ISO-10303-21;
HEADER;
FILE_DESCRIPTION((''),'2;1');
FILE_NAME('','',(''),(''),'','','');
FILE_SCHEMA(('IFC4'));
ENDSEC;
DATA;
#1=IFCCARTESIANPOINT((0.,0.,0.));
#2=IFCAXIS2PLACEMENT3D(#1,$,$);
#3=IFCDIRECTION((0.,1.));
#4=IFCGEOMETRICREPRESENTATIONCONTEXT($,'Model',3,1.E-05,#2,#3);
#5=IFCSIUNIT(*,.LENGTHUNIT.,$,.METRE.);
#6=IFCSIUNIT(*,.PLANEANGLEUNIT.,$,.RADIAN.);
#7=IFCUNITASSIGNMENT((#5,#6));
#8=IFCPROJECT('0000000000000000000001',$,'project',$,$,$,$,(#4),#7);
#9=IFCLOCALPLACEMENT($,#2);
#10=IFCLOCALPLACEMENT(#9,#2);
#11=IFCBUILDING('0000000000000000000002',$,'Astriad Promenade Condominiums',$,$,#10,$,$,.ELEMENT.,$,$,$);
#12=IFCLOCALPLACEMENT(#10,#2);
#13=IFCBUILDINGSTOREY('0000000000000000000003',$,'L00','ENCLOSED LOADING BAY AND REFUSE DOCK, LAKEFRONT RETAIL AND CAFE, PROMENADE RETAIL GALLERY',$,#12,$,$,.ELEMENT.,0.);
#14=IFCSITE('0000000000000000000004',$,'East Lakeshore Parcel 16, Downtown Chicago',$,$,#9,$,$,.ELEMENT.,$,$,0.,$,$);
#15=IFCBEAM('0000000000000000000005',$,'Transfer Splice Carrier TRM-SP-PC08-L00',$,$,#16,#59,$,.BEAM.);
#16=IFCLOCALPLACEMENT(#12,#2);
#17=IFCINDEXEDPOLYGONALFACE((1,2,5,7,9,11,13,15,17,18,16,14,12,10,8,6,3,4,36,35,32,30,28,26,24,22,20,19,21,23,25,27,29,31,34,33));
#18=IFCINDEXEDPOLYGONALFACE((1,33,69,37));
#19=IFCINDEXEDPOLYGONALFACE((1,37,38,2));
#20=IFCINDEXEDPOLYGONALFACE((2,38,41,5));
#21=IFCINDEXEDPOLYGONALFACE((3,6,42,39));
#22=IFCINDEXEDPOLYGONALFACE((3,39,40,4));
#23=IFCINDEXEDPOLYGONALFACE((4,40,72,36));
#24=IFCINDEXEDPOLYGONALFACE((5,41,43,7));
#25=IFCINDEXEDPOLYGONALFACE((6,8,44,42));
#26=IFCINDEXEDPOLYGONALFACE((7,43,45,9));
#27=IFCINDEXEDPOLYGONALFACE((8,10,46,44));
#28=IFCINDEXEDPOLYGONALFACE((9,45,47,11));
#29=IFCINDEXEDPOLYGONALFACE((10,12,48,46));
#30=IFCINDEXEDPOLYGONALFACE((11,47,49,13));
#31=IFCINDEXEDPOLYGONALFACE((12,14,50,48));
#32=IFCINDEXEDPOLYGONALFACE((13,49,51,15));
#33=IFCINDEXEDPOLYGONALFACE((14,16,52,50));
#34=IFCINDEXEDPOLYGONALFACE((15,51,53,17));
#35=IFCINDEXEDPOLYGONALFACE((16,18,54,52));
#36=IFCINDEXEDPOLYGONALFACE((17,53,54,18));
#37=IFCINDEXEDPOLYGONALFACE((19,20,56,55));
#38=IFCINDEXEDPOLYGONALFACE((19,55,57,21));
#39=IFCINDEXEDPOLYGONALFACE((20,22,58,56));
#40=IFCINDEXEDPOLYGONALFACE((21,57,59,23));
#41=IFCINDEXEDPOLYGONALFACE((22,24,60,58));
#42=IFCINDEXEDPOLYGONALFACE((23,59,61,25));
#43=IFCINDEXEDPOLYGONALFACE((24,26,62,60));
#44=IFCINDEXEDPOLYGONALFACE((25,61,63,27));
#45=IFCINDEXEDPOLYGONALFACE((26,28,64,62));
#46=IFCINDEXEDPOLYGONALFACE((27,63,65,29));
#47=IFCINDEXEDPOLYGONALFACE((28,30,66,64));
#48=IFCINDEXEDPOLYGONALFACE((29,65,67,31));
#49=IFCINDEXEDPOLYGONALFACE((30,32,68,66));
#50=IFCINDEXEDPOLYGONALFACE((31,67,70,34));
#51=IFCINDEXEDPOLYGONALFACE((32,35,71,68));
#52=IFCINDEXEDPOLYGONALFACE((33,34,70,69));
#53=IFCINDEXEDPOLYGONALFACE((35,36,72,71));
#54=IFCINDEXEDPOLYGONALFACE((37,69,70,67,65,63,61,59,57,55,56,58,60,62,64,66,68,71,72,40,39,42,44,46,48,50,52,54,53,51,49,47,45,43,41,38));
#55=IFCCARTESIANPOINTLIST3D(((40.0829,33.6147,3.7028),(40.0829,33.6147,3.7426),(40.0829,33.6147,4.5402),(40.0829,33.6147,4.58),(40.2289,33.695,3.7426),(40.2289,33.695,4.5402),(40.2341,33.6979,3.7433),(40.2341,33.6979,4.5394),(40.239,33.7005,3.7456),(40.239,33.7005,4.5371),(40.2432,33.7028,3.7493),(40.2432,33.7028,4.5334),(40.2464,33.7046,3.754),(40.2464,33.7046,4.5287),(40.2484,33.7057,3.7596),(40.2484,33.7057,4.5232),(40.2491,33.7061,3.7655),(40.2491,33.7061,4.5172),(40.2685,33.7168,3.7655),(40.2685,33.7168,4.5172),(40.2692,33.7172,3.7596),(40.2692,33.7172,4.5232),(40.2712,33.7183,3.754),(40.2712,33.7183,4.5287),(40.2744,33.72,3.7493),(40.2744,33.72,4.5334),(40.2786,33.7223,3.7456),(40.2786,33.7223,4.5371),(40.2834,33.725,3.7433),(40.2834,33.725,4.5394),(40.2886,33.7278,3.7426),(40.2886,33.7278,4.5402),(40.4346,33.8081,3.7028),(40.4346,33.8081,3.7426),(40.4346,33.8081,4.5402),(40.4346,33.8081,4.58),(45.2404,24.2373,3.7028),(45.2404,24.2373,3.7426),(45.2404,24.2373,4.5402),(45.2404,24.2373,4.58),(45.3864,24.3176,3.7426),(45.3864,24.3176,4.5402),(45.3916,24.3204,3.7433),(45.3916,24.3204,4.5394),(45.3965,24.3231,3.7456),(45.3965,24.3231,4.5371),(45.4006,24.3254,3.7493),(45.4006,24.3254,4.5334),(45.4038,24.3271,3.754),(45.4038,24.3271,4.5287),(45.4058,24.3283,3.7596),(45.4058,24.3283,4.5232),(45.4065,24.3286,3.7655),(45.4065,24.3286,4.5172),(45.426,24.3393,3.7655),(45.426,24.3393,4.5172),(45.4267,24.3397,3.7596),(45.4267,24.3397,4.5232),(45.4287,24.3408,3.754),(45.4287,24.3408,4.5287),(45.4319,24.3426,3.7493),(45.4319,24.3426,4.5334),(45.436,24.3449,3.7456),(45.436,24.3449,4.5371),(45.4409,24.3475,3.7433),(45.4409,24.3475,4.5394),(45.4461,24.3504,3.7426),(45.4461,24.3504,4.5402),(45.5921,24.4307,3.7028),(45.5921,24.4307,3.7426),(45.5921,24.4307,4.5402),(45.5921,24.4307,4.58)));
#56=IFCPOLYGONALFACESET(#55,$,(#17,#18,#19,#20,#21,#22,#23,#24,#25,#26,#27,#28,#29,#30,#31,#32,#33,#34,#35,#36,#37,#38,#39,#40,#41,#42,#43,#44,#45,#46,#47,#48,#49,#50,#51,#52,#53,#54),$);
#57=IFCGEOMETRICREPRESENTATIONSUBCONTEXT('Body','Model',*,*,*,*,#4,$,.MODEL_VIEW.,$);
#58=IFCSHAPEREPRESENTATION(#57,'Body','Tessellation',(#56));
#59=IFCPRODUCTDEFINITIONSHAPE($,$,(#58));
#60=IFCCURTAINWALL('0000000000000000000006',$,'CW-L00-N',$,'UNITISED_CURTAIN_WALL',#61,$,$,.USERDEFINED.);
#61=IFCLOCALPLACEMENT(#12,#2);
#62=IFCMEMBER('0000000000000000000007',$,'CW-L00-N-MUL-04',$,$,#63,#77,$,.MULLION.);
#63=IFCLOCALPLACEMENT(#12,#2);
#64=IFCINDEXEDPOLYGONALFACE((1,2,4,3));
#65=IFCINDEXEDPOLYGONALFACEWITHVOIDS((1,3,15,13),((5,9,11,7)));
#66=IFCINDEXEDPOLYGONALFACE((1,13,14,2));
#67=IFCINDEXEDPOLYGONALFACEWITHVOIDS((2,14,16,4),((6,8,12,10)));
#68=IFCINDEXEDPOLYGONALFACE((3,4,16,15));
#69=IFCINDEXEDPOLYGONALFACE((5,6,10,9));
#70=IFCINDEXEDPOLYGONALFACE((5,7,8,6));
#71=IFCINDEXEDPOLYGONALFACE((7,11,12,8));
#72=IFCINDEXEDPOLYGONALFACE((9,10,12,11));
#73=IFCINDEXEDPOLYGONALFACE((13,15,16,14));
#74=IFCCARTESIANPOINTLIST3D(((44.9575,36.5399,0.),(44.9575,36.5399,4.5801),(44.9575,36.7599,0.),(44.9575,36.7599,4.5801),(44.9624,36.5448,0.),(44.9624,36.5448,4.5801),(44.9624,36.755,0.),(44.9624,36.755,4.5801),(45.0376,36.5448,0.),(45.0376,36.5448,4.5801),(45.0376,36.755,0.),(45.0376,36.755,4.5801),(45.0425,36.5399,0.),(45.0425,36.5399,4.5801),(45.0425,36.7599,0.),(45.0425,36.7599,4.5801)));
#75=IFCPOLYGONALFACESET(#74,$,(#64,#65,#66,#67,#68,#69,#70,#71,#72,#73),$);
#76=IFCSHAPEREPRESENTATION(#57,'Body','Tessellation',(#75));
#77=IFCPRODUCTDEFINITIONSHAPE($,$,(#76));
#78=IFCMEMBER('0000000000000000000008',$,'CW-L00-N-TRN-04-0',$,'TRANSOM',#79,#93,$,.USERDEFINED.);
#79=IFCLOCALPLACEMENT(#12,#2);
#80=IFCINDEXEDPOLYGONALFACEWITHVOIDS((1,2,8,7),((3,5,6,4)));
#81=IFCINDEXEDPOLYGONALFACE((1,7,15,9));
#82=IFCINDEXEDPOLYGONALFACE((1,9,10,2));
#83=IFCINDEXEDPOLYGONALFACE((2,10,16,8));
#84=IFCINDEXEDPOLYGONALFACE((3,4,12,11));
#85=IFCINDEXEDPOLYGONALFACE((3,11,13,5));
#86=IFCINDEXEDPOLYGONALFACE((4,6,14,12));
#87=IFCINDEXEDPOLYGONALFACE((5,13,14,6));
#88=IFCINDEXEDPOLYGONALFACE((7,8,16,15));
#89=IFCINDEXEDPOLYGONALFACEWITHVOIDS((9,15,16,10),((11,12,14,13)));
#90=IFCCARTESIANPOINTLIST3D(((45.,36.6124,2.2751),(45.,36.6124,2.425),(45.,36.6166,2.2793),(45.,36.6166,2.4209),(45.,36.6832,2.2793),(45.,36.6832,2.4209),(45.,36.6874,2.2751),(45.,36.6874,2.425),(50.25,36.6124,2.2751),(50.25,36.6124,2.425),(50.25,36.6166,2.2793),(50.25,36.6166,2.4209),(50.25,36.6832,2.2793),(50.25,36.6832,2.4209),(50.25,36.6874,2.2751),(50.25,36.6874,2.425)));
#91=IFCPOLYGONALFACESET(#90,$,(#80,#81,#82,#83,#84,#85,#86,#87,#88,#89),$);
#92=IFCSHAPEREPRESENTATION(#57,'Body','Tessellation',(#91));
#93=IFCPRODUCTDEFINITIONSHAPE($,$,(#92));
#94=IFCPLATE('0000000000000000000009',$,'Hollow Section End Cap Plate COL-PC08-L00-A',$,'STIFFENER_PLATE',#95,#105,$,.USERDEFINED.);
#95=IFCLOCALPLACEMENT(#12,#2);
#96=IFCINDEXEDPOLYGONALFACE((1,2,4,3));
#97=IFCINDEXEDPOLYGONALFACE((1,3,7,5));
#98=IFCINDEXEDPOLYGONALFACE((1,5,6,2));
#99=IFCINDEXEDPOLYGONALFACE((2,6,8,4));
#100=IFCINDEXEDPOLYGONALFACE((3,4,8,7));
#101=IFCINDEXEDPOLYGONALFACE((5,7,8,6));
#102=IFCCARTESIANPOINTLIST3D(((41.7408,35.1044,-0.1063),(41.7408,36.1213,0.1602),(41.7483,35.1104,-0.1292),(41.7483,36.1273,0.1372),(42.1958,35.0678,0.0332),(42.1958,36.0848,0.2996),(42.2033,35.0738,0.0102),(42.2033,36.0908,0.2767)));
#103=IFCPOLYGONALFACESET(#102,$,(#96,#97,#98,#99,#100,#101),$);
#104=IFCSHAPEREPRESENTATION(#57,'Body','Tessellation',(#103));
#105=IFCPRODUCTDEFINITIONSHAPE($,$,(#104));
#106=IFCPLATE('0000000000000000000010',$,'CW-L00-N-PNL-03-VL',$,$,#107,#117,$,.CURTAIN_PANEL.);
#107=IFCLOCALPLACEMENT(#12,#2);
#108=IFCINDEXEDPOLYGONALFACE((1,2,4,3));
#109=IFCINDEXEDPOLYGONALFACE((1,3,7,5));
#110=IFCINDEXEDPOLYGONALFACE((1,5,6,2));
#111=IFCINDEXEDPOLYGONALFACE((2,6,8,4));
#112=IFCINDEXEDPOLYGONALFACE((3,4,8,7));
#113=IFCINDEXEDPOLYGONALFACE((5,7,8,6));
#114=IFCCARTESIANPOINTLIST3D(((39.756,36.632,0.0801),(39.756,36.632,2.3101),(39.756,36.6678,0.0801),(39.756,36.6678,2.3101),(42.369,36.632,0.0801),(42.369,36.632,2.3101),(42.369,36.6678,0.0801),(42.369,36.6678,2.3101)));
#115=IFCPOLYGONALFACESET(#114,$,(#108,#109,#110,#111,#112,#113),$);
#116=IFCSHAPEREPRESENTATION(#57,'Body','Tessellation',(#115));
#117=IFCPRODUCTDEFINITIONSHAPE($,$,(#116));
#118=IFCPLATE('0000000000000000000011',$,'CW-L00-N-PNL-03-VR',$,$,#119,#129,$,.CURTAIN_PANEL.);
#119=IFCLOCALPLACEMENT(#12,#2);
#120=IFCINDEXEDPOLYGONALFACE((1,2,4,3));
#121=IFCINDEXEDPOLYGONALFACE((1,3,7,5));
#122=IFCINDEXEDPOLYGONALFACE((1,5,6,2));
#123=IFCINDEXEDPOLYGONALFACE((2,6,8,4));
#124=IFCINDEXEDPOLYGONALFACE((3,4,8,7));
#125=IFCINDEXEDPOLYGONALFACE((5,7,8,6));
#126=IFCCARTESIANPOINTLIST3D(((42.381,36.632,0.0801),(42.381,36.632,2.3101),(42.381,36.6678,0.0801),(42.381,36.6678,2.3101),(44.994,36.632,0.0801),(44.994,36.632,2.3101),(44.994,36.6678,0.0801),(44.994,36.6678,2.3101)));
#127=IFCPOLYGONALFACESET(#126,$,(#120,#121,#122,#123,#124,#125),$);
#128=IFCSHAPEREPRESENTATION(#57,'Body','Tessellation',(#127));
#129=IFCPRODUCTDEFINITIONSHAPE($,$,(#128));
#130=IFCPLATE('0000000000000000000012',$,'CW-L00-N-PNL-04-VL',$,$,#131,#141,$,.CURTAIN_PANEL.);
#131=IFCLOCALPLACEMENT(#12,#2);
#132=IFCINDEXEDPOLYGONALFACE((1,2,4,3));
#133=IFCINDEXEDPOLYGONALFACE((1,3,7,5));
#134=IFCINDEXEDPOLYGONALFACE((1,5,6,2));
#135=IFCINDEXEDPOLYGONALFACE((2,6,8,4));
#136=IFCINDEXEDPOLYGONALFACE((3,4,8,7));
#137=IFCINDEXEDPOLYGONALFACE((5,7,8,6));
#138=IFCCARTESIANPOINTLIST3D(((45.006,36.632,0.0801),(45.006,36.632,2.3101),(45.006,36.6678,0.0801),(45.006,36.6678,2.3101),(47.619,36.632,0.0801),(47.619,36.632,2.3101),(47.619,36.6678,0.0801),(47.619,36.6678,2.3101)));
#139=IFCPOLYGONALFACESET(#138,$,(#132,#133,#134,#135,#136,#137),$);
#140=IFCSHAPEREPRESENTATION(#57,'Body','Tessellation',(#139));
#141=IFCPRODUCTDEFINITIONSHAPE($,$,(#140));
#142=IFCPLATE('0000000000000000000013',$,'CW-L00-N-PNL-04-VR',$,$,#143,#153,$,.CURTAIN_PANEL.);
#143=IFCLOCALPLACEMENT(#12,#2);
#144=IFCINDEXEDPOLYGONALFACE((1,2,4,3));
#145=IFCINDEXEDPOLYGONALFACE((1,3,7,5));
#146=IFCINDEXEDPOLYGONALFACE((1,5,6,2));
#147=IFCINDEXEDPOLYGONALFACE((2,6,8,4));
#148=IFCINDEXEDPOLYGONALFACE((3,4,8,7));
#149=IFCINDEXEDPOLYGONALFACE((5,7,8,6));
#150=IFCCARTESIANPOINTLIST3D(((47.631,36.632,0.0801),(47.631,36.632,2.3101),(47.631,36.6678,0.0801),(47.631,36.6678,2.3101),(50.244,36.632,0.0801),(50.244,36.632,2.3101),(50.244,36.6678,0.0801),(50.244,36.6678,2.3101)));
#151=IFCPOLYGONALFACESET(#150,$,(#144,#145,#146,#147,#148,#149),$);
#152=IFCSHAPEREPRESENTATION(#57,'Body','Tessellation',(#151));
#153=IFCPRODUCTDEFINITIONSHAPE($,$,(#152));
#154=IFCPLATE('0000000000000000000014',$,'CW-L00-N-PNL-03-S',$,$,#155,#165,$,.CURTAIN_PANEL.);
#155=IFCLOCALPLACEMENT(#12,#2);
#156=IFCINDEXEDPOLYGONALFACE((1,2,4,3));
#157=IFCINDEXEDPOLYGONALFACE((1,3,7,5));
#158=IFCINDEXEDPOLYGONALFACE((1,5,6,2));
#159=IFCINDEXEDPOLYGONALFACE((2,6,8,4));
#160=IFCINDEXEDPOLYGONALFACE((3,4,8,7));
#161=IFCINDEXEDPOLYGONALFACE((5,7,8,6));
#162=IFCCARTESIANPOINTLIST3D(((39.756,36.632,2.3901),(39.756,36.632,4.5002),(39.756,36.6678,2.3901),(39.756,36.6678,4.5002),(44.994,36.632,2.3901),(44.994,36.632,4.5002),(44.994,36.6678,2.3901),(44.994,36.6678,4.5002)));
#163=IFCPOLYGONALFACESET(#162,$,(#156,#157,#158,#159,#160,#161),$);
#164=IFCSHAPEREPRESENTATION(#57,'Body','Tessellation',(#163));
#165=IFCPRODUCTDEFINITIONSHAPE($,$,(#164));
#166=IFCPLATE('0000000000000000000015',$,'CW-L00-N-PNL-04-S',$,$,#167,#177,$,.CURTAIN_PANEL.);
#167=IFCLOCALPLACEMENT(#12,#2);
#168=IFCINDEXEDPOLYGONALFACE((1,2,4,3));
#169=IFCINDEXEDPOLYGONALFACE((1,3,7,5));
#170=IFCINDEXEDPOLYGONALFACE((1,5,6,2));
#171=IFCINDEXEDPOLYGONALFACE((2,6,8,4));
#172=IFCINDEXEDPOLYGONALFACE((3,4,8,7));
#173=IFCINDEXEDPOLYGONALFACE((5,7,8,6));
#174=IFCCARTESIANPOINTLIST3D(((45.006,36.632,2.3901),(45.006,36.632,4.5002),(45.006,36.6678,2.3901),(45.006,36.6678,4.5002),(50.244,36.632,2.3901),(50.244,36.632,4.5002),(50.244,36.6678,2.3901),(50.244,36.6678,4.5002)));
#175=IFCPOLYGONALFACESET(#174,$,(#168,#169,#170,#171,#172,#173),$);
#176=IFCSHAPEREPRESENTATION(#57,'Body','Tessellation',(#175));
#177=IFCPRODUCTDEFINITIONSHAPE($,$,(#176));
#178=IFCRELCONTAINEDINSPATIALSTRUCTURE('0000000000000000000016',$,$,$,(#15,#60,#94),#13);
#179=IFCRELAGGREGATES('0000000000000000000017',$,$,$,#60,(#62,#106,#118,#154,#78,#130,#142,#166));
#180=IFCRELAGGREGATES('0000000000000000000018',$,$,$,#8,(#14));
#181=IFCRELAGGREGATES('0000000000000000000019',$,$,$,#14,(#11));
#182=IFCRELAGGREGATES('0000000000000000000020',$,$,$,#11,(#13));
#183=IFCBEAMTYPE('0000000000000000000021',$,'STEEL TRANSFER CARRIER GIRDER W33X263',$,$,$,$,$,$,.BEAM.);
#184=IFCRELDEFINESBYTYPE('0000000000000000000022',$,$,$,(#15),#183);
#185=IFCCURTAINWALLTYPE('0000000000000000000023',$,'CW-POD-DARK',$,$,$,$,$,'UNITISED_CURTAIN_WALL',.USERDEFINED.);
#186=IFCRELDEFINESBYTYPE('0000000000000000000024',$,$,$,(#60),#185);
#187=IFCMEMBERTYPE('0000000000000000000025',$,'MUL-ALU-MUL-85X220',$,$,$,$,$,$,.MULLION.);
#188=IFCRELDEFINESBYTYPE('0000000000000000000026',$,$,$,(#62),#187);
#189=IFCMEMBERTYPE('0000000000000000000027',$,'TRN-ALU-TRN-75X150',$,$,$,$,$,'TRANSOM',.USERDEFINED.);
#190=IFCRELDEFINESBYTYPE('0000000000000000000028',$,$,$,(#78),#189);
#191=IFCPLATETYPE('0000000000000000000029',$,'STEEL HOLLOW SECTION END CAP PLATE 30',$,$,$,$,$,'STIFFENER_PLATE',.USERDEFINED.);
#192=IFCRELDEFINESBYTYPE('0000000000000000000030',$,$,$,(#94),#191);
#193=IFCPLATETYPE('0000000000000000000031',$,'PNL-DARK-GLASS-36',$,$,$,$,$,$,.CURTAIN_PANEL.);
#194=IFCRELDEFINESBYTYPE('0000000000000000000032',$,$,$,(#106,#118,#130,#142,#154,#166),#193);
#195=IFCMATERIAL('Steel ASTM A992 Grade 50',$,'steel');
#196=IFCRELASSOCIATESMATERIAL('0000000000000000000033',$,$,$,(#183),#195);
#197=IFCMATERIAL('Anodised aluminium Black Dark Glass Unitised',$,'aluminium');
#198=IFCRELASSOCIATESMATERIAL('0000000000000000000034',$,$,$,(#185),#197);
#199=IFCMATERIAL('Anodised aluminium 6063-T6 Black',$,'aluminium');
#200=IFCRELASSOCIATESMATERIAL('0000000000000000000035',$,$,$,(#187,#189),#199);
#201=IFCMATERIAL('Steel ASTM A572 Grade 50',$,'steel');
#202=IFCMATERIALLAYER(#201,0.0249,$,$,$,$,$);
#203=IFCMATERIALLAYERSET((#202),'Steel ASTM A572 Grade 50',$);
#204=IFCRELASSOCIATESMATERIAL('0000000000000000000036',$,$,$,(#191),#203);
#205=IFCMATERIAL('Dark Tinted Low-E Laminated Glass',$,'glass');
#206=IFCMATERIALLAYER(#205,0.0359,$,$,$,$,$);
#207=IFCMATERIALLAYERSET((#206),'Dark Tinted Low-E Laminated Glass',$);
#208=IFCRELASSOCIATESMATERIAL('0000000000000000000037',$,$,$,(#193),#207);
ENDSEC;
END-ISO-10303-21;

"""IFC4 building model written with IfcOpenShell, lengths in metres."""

from ifc_helpers import new_model, si_unit, direction, frame, origin, origin_2d, place, context, subcontext, project, spatial, rectangle, hollow_rectangle, i_section, extrude, source, transform, mapped, material, layer, layer_set, material_profile, profile_set, type_object, type_shapes, element, aggregate, save


model = new_model("IFC4")

# Units and contexts
model_context = context("Model", 3, precision=1e-05, world=origin(), true_north=direction((0.0, 1.0)))
body_context = subcontext(model_context, "Body", "Model", "MODEL_VIEW")
ifc_project = project(units=[si_unit("LENGTHUNIT", "METRE"), si_unit("PLANEANGLEUNIT", "RADIAN")], contexts=[model_context])

# Site, building, storey
site_placement = place(None, origin())
site = spatial("IfcSite", under=ifc_project, at=site_placement, Name="East Lakeshore Parcel 16, Downtown Chicago", CompositionType="ELEMENT", RefElevation=0.0)
building_placement = place(site_placement, origin())
building = spatial("IfcBuilding", under=site, at=building_placement, Name="Astriad Promenade Condominiums", CompositionType="ELEMENT")
storey_placement = place(building_placement, origin())
storey = spatial("IfcBuildingStorey", under=building, at=storey_placement, Name="L00", Description="ENCLOSED LOADING BAY AND REFUSE DOCK, LAKEFRONT RETAIL AND CAFE, PROMENADE RETAIL GALLERY", CompositionType="ELEMENT", Elevation=0.0)

# Shared definitions
ifc_material_1 = material(Name="Steel ASTM A992 Grade 50", Category="steel")

# Beam
ifc_material_profile_1 = material_profile(ifc_material_1, i_section(OverallWidth=0.4014, OverallDepth=0.8772, WebThickness=0.0222, FlangeThickness=0.0398, FilletRadius=0.0229, at=origin_2d()), Name="W33X263")
ifc_profile_set_1 = profile_set([ifc_material_profile_1], Name="Steel ASTM A992 Grade 50")
beam_type_1 = type_object("IfcBeamType", Name="STEEL TRANSFER CARRIER GIRDER W33X263", PredefinedType="BEAM", material=ifc_profile_set_1)
shared_shape_1 = source(origin(), body_context, "Body", "SweptSolid", [
    extrude(i_section(OverallWidth=0.4014, OverallDepth=0.8772, WebThickness=0.0222, FlangeThickness=0.0398, FilletRadius=0.0229, at=origin_2d()), origin(), (0.0, 0.0, 1.0), 10.7021),
])
type_shapes(beam_type_1, [shared_shape_1])
beam_1_placement = place(storey_placement, frame((45.4163, 24.334, 4.1414), z_axis=(-0.48191, 0.876221, 0.0), x_axis=(-0.876221, -0.48191, 0.0)))
element("IfcBeam", 1, at=beam_1_placement, inside=storey, type_object=beam_type_1, Name="Transfer Splice Carrier TRM-SP-PC08-L00", PredefinedType="BEAM", context=body_context, shape_type="MappedRepresentation", body=[
    mapped(shared_shape_1, transform((0.0, 0.0, 0.0), scale=1.0)),
])

# Curtain wall, members
ifc_material_2 = material(Name="Anodised aluminium Black Dark Glass Unitised", Category="aluminium")
curtain_wall_type = type_object("IfcCurtainWallType", Name="CW-POD-DARK", ElementType="UNITISED_CURTAIN_WALL", PredefinedType="USERDEFINED", material=ifc_material_2)
curtain_wall_placement = place(storey_placement, origin())
curtain_wall = element("IfcCurtainWall", 2, at=curtain_wall_placement, inside=storey, type_object=curtain_wall_type, Name="CW-L00-N", ObjectType="UNITISED_CURTAIN_WALL", PredefinedType="USERDEFINED")
ifc_material_3 = material(Name="Anodised aluminium 6063-T6 Black", Category="aluminium")
ifc_material_profile_2 = material_profile(ifc_material_3, hollow_rectangle(XDim=0.085, YDim=0.22, WallThickness=0.0049, at=origin_2d()), Name="ALU-MUL-85X220")
ifc_profile_set_2 = profile_set([ifc_material_profile_2], Name="Anodised aluminium 6063-T6 Black")
member_type_1 = type_object("IfcMemberType", Name="MUL-ALU-MUL-85X220", PredefinedType="MULLION", material=ifc_profile_set_2)
shared_shape_2 = source(origin(), body_context, "Body", "SweptSolid", [
    extrude(hollow_rectangle(XDim=0.085, YDim=0.22, WallThickness=0.0049, at=origin_2d()), origin(), (0.0, 0.0, 1.0), 4.5801),
])
type_shapes(member_type_1, [shared_shape_2])
member_1_placement = place(storey_placement, frame((45.0, 36.6499, 0.0), z_axis=(0.0, 0.0, 1.0), x_axis=(1.0, 0.0, 0.0)))
member_1 = element("IfcMember", 3, at=member_1_placement, type_object=member_type_1, Name="CW-L00-N-MUL-04", PredefinedType="MULLION", context=body_context, shape_type="MappedRepresentation", body=[
    mapped(shared_shape_2, transform((0.0, 0.0, 0.0), scale=1.0)),
])
ifc_material_profile_3 = material_profile(ifc_material_3, hollow_rectangle(XDim=0.075, YDim=0.1499, WallThickness=0.0042, at=origin_2d()), Name="ALU-TRN-75X150")
ifc_profile_set_3 = profile_set([ifc_material_profile_3], Name="Anodised aluminium 6063-T6 Black")
member_type_2 = type_object("IfcMemberType", Name="TRN-ALU-TRN-75X150", ElementType="TRANSOM", PredefinedType="USERDEFINED", material=ifc_profile_set_3)
shared_shape_3 = source(origin(), body_context, "Body", "SweptSolid", [
    extrude(hollow_rectangle(XDim=0.075, YDim=0.1499, WallThickness=0.0042, at=origin_2d()), origin(), (0.0, 0.0, 1.0), 5.25),
])
type_shapes(member_type_2, [shared_shape_3])
member_2_placement = place(storey_placement, frame((45.0, 36.6499, 2.3501), z_axis=(1.0, 0.0, 0.0), x_axis=(0.0, 1.0, 0.0)))
member_2 = element("IfcMember", 4, at=member_2_placement, type_object=member_type_2, Name="CW-L00-N-TRN-04-0", ObjectType="TRANSOM", PredefinedType="USERDEFINED", context=body_context, shape_type="MappedRepresentation", body=[
    mapped(shared_shape_3, transform((0.0, 0.0, 0.0), scale=1.0)),
])

# Plates
ifc_material_4 = material(Name="Steel ASTM A572 Grade 50", Category="steel")
ifc_layer_1 = layer(ifc_material_4, 0.0249)
ifc_layer_set_1 = layer_set([ifc_layer_1], Name="Steel ASTM A572 Grade 50")
plate_type_1 = type_object("IfcPlateType", Name="STEEL HOLLOW SECTION END CAP PLATE 30", ElementType="STIFFENER_PLATE", PredefinedType="USERDEFINED", material=ifc_layer_set_1)
shared_shape_4 = source(origin(), body_context, "Body", "SweptSolid", [
    extrude(rectangle(XDim=0.4773, YDim=1.0513, at=origin_2d()), origin(), (0.0, 0.0, 1.0), 0.0249),
])
type_shapes(plate_type_1, [shared_shape_4])
plate_1_placement = place(storey_placement, frame((41.9758, 35.6006, 0.0737), z_axis=(-0.302036, -0.24162, 0.922168), x_axis=(1.0, 0.0, 0.0)))
element("IfcPlate", 5, at=plate_1_placement, inside=storey, type_object=plate_type_1, Name="Hollow Section End Cap Plate COL-PC08-L00-A", ObjectType="STIFFENER_PLATE", PredefinedType="USERDEFINED", context=body_context, shape_type="MappedRepresentation", body=[
    mapped(shared_shape_4, transform((0.0, 0.0, 0.0), scale=1.0)),
])
ifc_material_5 = material(Name="Dark Tinted Low-E Laminated Glass", Category="glass")
ifc_layer_2 = layer(ifc_material_5, 0.0359)
ifc_layer_set_2 = layer_set([ifc_layer_2], Name="Dark Tinted Low-E Laminated Glass")
plate_type_2 = type_object("IfcPlateType", Name="PNL-DARK-GLASS-36", PredefinedType="CURTAIN_PANEL", material=ifc_layer_set_2)
shared_shape_5 = source(origin(), body_context, "Body", "SweptSolid", [
    extrude(rectangle(XDim=2.613, YDim=0.0359, at=origin_2d()), origin(), (0.0, 0.0, 1.0), 2.23),
])
plate_2_placement = place(storey_placement, frame((41.0625, 36.6499, 0.0801), z_axis=(0.0, 0.0, 1.0), x_axis=(1.0, 0.0, 0.0)))
plate_2 = element("IfcPlate", 6, at=plate_2_placement, type_object=plate_type_2, Name="CW-L00-N-PNL-03-VL", PredefinedType="CURTAIN_PANEL", context=body_context, shape_type="MappedRepresentation", body=[
    mapped(shared_shape_5, transform((0.0, 0.0, 0.0), scale=1.0)),
])
plate_3_placement = place(storey_placement, frame((43.6875, 36.6499, 0.0801), z_axis=(0.0, 0.0, 1.0), x_axis=(1.0, 0.0, 0.0)))
plate_3 = element("IfcPlate", 7, at=plate_3_placement, type_object=plate_type_2, Name="CW-L00-N-PNL-03-VR", PredefinedType="CURTAIN_PANEL", context=body_context, shape_type="MappedRepresentation", body=[
    mapped(shared_shape_5, transform((0.0, 0.0, 0.0), scale=1.0)),
])
plate_4_placement = place(storey_placement, frame((46.3125, 36.6499, 0.0801), z_axis=(0.0, 0.0, 1.0), x_axis=(1.0, 0.0, 0.0)))
plate_4 = element("IfcPlate", 8, at=plate_4_placement, type_object=plate_type_2, Name="CW-L00-N-PNL-04-VL", PredefinedType="CURTAIN_PANEL", context=body_context, shape_type="MappedRepresentation", body=[
    mapped(shared_shape_5, transform((0.0, 0.0, 0.0), scale=1.0)),
])
plate_5_placement = place(storey_placement, frame((48.9375, 36.6499, 0.0801), z_axis=(0.0, 0.0, 1.0), x_axis=(1.0, 0.0, 0.0)))
plate_5 = element("IfcPlate", 9, at=plate_5_placement, type_object=plate_type_2, Name="CW-L00-N-PNL-04-VR", PredefinedType="CURTAIN_PANEL", context=body_context, shape_type="MappedRepresentation", body=[
    mapped(shared_shape_5, transform((0.0, 0.0, 0.0), scale=1.0)),
])
shared_shape_6 = source(origin(), body_context, "Body", "SweptSolid", [
    extrude(rectangle(XDim=5.238, YDim=0.0359, at=origin_2d()), origin(), (0.0, 0.0, 1.0), 2.1101),
])
type_shapes(plate_type_2, [shared_shape_5, shared_shape_6])
plate_6_placement = place(storey_placement, frame((42.375, 36.6499, 2.3901), z_axis=(0.0, 0.0, 1.0), x_axis=(1.0, 0.0, 0.0)))
plate_6 = element("IfcPlate", 10, at=plate_6_placement, type_object=plate_type_2, Name="CW-L00-N-PNL-03-S", PredefinedType="CURTAIN_PANEL", context=body_context, shape_type="MappedRepresentation", body=[
    mapped(shared_shape_6, transform((0.0, 0.0, 0.0), scale=1.0)),
])
plate_7_placement = place(storey_placement, frame((47.625, 36.6499, 2.3901), z_axis=(0.0, 0.0, 1.0), x_axis=(1.0, 0.0, 0.0)))
plate_7 = element("IfcPlate", 11, at=plate_7_placement, type_object=plate_type_2, Name="CW-L00-N-PNL-04-S", PredefinedType="CURTAIN_PANEL", context=body_context, shape_type="MappedRepresentation", body=[
    mapped(shared_shape_6, transform((0.0, 0.0, 0.0), scale=1.0)),
])
aggregate(curtain_wall, [member_1, plate_2, plate_3, plate_6, member_2, plate_4, plate_5, plate_7])

save(model, "model.ifc")
